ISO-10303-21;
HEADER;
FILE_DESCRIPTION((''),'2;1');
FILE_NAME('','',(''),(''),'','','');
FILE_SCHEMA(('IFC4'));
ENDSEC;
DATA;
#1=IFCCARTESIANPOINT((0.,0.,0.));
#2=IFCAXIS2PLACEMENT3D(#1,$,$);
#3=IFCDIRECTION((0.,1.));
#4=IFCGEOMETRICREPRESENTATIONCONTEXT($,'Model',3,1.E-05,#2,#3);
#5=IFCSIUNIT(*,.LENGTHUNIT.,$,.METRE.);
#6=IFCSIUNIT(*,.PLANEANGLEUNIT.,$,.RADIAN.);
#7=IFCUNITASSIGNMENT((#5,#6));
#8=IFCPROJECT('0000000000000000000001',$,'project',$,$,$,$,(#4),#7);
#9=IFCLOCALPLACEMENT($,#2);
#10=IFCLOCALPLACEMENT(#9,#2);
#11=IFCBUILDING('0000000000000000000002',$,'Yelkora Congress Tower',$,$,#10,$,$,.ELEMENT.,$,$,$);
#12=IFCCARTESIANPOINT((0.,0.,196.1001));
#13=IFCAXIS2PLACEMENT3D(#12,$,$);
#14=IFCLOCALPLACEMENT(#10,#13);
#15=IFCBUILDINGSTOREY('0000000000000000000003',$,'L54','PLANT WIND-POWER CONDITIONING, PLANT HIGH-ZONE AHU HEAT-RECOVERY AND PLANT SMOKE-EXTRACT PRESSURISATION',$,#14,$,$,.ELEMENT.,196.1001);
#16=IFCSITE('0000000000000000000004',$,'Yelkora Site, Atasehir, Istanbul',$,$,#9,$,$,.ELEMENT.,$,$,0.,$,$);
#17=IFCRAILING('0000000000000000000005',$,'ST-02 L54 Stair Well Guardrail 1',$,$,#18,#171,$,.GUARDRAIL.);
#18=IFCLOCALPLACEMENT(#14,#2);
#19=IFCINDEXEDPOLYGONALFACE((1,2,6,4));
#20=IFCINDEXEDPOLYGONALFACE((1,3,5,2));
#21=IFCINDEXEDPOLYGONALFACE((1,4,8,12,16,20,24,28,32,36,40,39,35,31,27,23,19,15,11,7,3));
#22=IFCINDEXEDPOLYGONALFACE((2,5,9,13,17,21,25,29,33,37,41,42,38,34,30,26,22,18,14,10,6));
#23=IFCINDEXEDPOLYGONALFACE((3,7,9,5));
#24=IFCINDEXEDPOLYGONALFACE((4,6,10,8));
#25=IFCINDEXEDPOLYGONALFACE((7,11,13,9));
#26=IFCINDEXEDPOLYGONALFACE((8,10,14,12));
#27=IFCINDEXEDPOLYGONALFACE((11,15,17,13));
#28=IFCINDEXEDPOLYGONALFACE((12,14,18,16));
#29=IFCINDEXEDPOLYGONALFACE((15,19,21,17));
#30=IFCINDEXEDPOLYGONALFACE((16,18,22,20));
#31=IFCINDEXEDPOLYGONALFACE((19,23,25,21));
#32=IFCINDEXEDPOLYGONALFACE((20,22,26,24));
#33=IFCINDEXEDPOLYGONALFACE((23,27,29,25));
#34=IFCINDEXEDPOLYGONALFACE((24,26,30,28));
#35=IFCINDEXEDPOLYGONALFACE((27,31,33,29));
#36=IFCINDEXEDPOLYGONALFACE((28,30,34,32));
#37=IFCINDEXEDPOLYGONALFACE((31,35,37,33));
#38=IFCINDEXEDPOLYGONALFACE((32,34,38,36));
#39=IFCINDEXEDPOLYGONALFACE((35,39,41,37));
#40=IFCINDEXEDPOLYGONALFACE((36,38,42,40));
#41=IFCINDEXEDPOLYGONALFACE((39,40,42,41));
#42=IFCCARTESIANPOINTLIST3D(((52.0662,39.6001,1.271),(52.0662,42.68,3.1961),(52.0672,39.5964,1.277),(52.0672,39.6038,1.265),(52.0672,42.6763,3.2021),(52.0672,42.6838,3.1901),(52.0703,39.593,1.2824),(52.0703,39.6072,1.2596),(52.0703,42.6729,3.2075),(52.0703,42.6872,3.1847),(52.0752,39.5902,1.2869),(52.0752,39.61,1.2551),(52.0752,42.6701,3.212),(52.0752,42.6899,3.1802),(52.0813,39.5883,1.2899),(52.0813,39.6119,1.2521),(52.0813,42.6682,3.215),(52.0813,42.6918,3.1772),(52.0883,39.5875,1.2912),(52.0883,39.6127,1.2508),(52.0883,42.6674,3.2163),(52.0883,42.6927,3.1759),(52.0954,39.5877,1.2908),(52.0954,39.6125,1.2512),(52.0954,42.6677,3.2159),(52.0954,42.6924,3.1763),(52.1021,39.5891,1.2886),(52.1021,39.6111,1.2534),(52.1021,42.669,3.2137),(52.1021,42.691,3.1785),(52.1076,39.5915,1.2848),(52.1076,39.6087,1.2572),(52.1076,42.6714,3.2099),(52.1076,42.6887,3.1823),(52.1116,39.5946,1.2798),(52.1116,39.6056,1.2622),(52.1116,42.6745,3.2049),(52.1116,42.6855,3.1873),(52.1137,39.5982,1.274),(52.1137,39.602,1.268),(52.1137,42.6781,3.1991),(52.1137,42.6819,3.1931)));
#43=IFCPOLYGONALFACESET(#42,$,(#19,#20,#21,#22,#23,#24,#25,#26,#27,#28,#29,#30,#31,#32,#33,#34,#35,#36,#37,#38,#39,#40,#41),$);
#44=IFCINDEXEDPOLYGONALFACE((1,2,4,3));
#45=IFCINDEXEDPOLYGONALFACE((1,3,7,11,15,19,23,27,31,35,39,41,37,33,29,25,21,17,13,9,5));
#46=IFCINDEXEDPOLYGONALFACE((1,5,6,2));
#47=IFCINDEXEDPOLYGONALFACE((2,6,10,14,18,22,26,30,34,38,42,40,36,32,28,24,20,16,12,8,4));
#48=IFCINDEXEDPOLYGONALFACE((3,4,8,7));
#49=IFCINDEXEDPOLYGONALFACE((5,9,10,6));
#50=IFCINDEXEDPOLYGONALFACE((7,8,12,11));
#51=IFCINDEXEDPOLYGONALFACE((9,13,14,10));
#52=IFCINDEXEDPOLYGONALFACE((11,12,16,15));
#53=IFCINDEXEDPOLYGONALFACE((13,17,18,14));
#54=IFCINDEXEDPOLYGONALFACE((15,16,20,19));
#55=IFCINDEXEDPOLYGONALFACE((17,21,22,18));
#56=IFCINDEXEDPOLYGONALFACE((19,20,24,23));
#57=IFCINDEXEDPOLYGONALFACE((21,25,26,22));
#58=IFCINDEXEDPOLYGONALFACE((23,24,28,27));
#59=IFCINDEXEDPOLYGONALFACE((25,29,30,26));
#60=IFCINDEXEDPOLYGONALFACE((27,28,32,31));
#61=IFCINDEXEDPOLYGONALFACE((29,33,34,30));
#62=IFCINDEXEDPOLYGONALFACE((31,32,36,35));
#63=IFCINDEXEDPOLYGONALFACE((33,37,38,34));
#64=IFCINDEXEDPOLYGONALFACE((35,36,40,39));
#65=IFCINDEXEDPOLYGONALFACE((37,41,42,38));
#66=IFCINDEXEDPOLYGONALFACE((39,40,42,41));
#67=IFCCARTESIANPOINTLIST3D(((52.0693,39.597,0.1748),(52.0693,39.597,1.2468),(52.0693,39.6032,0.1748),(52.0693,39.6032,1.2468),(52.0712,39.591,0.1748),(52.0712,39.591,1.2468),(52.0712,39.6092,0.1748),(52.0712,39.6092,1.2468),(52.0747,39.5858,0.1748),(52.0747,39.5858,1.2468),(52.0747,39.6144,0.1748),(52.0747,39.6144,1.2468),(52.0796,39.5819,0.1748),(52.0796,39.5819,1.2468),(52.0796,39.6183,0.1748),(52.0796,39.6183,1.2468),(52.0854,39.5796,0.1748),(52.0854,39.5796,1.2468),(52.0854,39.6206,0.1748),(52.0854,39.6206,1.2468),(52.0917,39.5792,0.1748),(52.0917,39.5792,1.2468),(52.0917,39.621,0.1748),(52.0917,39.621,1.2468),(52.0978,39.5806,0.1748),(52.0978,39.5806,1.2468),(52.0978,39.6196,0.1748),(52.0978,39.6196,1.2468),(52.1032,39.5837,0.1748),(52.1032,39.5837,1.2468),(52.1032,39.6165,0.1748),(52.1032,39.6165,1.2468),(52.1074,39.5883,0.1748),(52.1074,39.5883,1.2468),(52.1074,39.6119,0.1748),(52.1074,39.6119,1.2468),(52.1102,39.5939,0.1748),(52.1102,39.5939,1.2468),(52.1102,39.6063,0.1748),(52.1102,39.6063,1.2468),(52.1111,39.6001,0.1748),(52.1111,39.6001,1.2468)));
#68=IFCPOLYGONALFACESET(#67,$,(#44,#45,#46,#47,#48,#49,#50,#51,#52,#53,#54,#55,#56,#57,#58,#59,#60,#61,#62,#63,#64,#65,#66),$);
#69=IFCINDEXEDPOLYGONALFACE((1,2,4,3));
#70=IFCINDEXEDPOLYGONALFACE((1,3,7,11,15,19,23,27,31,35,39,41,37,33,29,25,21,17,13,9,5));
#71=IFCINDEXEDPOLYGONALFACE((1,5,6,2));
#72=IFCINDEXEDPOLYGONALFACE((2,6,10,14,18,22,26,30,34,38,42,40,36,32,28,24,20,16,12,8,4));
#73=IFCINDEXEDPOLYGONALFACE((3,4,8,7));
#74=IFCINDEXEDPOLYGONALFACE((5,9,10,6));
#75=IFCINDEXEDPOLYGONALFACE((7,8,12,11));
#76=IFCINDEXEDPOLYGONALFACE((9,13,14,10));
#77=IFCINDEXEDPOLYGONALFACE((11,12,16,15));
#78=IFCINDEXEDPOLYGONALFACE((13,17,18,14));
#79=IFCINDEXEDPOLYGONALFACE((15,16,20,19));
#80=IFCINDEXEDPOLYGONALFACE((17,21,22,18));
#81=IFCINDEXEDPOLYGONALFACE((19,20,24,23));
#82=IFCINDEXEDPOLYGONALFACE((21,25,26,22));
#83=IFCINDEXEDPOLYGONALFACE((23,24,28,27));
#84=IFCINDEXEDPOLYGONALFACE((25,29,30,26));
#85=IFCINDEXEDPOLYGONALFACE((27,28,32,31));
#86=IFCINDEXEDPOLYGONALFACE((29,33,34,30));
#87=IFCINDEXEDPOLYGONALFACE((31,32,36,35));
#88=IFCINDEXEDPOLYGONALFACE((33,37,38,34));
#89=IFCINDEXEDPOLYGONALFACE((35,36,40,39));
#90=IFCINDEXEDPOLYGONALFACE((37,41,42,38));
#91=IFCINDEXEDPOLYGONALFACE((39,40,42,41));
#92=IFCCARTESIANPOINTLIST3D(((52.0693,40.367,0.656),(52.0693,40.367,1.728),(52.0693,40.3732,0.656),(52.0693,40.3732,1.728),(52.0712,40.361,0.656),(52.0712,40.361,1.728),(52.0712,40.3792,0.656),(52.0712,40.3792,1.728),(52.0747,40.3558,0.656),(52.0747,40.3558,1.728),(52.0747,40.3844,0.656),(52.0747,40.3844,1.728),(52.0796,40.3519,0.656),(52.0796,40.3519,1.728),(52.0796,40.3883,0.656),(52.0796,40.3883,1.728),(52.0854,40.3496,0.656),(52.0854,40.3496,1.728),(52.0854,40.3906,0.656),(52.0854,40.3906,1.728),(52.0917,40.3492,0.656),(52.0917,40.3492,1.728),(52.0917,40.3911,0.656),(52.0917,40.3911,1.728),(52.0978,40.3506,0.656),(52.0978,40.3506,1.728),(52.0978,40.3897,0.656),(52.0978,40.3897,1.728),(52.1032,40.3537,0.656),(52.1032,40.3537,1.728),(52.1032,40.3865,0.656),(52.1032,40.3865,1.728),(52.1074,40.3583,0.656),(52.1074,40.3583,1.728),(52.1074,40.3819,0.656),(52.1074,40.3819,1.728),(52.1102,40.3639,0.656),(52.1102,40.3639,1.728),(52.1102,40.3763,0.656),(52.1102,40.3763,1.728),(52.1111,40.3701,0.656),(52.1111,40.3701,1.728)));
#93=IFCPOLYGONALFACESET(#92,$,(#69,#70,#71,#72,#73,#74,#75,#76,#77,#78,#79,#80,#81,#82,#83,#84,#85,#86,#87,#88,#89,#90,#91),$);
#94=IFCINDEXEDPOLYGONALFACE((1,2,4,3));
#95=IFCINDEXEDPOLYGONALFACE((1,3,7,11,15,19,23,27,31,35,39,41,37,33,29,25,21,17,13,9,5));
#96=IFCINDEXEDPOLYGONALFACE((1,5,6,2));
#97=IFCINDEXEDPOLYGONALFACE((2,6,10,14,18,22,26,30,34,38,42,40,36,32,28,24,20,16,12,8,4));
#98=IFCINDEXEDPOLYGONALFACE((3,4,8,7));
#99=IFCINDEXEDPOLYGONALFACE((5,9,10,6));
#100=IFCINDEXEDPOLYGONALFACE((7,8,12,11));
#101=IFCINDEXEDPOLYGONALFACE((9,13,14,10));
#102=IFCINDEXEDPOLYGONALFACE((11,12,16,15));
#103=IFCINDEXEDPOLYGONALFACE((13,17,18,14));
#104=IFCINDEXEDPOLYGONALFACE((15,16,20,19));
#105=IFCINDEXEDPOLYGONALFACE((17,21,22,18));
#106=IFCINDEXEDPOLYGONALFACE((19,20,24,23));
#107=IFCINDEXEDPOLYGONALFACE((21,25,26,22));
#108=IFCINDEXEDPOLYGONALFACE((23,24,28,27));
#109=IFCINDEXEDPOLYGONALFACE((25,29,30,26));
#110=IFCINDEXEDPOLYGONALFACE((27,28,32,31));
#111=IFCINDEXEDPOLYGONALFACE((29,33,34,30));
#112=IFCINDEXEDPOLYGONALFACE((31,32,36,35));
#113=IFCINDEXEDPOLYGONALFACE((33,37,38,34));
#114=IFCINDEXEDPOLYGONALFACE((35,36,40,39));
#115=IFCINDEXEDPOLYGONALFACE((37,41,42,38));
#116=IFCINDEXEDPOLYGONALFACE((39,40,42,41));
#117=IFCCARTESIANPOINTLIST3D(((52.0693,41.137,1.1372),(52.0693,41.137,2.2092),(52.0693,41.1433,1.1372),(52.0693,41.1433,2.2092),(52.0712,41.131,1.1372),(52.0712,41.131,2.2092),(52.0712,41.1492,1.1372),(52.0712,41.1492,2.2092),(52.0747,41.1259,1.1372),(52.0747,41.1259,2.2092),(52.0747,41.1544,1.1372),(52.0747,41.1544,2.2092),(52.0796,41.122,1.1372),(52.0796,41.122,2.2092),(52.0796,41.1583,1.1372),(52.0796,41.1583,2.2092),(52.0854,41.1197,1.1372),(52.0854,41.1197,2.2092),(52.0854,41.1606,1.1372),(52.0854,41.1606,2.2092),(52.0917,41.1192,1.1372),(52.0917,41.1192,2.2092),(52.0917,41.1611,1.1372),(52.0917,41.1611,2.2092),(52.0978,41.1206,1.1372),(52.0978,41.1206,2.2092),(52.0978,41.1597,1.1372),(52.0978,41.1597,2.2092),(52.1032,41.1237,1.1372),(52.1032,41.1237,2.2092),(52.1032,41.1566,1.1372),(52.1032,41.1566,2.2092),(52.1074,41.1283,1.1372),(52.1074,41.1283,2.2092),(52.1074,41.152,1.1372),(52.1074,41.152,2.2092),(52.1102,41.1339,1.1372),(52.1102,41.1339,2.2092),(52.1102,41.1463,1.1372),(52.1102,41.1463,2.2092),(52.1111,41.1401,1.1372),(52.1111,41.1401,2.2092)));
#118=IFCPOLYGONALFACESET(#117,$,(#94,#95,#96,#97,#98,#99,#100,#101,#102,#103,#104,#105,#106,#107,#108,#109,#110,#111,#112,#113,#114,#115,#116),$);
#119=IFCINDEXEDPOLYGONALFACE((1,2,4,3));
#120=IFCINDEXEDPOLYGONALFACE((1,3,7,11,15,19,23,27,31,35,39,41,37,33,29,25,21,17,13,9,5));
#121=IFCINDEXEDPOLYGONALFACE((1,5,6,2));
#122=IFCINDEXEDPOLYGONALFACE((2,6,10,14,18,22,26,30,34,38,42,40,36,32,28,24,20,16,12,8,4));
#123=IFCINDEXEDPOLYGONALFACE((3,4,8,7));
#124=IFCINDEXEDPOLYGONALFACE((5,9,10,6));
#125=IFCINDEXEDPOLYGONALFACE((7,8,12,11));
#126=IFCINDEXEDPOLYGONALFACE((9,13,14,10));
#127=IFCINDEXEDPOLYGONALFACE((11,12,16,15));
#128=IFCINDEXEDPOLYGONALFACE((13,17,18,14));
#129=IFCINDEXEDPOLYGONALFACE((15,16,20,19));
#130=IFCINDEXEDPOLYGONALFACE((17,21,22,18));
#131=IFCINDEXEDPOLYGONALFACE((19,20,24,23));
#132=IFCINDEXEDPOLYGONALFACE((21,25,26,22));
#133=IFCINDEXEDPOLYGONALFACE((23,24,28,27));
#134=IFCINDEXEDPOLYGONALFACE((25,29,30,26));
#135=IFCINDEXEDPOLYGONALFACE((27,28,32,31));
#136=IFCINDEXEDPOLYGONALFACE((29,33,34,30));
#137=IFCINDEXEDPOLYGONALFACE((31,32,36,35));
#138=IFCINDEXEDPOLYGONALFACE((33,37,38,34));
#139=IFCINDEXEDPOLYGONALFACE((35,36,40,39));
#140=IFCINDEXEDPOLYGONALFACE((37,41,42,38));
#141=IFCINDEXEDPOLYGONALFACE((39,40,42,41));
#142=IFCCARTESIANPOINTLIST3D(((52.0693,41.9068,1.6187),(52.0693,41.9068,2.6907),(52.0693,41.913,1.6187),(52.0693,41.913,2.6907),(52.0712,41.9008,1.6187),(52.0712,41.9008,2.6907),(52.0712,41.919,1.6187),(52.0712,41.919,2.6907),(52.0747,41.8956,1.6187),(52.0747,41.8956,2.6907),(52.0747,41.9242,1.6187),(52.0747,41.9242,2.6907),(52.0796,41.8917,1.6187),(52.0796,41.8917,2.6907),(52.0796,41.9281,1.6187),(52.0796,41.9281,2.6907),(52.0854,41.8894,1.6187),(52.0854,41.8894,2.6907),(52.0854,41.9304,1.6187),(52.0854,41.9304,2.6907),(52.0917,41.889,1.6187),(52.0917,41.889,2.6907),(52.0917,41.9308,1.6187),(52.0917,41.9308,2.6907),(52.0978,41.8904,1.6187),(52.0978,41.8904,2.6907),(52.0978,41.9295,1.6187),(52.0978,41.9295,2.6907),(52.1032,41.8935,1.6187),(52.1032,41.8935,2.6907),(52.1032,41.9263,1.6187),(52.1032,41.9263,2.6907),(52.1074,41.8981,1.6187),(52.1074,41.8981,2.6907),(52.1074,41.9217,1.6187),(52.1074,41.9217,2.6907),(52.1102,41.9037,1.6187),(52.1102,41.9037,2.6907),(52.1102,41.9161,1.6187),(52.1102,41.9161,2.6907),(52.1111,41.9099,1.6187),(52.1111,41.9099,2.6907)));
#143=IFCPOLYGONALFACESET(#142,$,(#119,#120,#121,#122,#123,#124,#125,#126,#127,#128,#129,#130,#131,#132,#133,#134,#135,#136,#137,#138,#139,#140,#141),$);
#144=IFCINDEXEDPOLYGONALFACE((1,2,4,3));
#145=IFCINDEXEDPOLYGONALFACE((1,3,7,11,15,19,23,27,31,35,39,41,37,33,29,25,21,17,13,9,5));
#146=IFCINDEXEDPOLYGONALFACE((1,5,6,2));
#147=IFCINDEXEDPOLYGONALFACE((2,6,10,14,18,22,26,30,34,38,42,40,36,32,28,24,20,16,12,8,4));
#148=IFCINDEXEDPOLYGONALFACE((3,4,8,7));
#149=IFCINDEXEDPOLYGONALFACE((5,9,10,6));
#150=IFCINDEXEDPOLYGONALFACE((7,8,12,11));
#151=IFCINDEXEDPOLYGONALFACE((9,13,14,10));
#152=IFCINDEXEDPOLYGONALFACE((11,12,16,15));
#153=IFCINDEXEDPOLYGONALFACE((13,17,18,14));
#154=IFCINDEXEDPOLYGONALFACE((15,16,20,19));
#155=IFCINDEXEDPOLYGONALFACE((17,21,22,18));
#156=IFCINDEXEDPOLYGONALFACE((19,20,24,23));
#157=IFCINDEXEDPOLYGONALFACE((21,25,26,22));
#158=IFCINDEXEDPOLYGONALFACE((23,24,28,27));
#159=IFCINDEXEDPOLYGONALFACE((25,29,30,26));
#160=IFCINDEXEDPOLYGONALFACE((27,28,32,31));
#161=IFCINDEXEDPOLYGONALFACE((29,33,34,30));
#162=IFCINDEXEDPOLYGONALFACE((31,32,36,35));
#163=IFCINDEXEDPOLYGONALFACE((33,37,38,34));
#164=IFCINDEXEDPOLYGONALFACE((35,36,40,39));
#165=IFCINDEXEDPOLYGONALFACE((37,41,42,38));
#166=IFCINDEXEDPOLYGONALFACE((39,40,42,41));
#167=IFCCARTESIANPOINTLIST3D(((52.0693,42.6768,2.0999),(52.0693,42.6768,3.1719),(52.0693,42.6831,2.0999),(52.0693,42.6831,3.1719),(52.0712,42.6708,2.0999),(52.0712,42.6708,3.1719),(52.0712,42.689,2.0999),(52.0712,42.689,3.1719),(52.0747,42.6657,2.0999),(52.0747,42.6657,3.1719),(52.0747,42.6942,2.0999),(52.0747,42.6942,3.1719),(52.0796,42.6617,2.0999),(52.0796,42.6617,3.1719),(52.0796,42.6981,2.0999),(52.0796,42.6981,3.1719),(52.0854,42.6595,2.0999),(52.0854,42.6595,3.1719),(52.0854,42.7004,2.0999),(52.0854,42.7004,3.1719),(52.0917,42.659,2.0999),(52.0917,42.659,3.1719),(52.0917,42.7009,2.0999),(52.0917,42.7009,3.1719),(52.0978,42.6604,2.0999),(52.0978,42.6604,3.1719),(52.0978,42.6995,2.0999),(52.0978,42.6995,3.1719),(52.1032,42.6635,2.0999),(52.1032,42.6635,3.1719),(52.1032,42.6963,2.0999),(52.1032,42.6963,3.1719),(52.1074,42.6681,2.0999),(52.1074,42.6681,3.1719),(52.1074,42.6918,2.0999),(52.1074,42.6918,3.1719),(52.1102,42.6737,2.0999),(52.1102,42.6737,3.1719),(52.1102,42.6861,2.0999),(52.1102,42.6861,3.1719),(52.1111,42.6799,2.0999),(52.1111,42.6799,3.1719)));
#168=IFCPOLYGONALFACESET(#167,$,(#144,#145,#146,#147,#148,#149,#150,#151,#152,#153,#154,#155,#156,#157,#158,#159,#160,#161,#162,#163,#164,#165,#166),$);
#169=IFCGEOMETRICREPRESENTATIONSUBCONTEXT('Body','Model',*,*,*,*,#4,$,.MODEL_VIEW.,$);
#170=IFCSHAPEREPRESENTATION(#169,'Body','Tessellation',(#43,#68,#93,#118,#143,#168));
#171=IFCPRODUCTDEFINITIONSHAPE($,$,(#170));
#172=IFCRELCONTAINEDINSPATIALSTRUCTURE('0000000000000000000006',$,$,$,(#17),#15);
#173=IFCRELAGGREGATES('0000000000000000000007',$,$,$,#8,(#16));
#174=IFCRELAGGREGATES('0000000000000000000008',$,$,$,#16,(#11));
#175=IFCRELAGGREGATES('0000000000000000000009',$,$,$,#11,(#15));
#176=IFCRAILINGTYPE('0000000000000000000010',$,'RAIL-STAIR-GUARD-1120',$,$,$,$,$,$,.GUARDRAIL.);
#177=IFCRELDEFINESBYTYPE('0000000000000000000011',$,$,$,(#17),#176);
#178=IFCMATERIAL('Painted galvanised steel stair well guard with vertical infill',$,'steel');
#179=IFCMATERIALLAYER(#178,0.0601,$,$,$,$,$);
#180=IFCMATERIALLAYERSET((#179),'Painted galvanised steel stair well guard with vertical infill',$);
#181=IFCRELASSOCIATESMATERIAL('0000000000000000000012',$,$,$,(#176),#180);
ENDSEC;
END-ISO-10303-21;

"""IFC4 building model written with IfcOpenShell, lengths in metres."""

from ifc_helpers import new_model, si_unit, direction, frame, origin, origin_2d, place, context, subcontext, project, spatial, circle, extrude, material, layer, layer_set, type_object, element, save


model = new_model("IFC4")

# Units and contexts
model_context = context("Model", 3, precision=1e-05, world=origin(), true_north=direction((0.0, 1.0)))
body_context = subcontext(model_context, "Body", "Model", "MODEL_VIEW")
ifc_project = project(units=[si_unit("LENGTHUNIT", "METRE"), si_unit("PLANEANGLEUNIT", "RADIAN")], contexts=[model_context])

# Site, building, storey
site_placement = place(None, origin())
site = spatial("IfcSite", under=ifc_project, at=site_placement, Name="Yelkora Site, Atasehir, Istanbul", CompositionType="ELEMENT", RefElevation=0.0)
building_placement = place(site_placement, origin())
building = spatial("IfcBuilding", under=site, at=building_placement, Name="Yelkora Congress Tower", CompositionType="ELEMENT")
storey_placement = place(building_placement, frame((0.0, 0.0, 196.1001)))
storey = spatial("IfcBuildingStorey", under=building, at=storey_placement, Name="L54", Description="PLANT WIND-POWER CONDITIONING, PLANT HIGH-ZONE AHU HEAT-RECOVERY AND PLANT SMOKE-EXTRACT PRESSURISATION", CompositionType="ELEMENT", Elevation=196.1001)

# Railing
ifc_material_1 = material(Name="Painted galvanised steel stair well guard with vertical infill", Category="steel")
ifc_layer_1 = layer(ifc_material_1, 0.0601)
ifc_layer_set_1 = layer_set([ifc_layer_1], Name="Painted galvanised steel stair well guard with vertical infill")
railing_type_1 = type_object("IfcRailingType", Name="RAIL-STAIR-GUARD-1120", PredefinedType="GUARDRAIL", material=ifc_layer_set_1)
railing_1_placement = place(storey_placement, frame((52.0901, 39.6001, 0.1748)))
element("IfcRailing", 1, at=railing_1_placement, inside=storey, type_object=railing_type_1, Name="ST-02 L54 Stair Well Guardrail 1", PredefinedType="GUARDRAIL", context=body_context, shape_type="SweptSolid", body=[
    extrude(circle(Radius=0.0239, at=origin_2d()), frame((0.0, 0.0, 1.0962), z_axis=(0.0, 0.847979, 0.530029), x_axis=(-1.0, 0.0, 0.0)), (0.0, 0.0, 1.0), 3.6321),
    extrude(circle(Radius=0.021, at=origin_2d()), origin(), (0.0, 0.0, 1.0), 1.072),
    extrude(circle(Radius=0.021, at=origin_2d()), frame((0.0, 0.77, 0.4812)), (0.0, 0.0, 1.0), 1.072),
    extrude(circle(Radius=0.021, at=origin_2d()), frame((0.0, 1.54, 0.9624)), (0.0, 0.0, 1.0), 1.072),
    extrude(circle(Radius=0.021, at=origin_2d()), frame((0.0, 2.3098, 1.4438)), (0.0, 0.0, 1.0), 1.072),
    extrude(circle(Radius=0.021, at=origin_2d()), frame((0.0, 3.0798, 1.925)), (0.0, 0.0, 1.0), 1.072),
])

save(model, "model.ifc")
